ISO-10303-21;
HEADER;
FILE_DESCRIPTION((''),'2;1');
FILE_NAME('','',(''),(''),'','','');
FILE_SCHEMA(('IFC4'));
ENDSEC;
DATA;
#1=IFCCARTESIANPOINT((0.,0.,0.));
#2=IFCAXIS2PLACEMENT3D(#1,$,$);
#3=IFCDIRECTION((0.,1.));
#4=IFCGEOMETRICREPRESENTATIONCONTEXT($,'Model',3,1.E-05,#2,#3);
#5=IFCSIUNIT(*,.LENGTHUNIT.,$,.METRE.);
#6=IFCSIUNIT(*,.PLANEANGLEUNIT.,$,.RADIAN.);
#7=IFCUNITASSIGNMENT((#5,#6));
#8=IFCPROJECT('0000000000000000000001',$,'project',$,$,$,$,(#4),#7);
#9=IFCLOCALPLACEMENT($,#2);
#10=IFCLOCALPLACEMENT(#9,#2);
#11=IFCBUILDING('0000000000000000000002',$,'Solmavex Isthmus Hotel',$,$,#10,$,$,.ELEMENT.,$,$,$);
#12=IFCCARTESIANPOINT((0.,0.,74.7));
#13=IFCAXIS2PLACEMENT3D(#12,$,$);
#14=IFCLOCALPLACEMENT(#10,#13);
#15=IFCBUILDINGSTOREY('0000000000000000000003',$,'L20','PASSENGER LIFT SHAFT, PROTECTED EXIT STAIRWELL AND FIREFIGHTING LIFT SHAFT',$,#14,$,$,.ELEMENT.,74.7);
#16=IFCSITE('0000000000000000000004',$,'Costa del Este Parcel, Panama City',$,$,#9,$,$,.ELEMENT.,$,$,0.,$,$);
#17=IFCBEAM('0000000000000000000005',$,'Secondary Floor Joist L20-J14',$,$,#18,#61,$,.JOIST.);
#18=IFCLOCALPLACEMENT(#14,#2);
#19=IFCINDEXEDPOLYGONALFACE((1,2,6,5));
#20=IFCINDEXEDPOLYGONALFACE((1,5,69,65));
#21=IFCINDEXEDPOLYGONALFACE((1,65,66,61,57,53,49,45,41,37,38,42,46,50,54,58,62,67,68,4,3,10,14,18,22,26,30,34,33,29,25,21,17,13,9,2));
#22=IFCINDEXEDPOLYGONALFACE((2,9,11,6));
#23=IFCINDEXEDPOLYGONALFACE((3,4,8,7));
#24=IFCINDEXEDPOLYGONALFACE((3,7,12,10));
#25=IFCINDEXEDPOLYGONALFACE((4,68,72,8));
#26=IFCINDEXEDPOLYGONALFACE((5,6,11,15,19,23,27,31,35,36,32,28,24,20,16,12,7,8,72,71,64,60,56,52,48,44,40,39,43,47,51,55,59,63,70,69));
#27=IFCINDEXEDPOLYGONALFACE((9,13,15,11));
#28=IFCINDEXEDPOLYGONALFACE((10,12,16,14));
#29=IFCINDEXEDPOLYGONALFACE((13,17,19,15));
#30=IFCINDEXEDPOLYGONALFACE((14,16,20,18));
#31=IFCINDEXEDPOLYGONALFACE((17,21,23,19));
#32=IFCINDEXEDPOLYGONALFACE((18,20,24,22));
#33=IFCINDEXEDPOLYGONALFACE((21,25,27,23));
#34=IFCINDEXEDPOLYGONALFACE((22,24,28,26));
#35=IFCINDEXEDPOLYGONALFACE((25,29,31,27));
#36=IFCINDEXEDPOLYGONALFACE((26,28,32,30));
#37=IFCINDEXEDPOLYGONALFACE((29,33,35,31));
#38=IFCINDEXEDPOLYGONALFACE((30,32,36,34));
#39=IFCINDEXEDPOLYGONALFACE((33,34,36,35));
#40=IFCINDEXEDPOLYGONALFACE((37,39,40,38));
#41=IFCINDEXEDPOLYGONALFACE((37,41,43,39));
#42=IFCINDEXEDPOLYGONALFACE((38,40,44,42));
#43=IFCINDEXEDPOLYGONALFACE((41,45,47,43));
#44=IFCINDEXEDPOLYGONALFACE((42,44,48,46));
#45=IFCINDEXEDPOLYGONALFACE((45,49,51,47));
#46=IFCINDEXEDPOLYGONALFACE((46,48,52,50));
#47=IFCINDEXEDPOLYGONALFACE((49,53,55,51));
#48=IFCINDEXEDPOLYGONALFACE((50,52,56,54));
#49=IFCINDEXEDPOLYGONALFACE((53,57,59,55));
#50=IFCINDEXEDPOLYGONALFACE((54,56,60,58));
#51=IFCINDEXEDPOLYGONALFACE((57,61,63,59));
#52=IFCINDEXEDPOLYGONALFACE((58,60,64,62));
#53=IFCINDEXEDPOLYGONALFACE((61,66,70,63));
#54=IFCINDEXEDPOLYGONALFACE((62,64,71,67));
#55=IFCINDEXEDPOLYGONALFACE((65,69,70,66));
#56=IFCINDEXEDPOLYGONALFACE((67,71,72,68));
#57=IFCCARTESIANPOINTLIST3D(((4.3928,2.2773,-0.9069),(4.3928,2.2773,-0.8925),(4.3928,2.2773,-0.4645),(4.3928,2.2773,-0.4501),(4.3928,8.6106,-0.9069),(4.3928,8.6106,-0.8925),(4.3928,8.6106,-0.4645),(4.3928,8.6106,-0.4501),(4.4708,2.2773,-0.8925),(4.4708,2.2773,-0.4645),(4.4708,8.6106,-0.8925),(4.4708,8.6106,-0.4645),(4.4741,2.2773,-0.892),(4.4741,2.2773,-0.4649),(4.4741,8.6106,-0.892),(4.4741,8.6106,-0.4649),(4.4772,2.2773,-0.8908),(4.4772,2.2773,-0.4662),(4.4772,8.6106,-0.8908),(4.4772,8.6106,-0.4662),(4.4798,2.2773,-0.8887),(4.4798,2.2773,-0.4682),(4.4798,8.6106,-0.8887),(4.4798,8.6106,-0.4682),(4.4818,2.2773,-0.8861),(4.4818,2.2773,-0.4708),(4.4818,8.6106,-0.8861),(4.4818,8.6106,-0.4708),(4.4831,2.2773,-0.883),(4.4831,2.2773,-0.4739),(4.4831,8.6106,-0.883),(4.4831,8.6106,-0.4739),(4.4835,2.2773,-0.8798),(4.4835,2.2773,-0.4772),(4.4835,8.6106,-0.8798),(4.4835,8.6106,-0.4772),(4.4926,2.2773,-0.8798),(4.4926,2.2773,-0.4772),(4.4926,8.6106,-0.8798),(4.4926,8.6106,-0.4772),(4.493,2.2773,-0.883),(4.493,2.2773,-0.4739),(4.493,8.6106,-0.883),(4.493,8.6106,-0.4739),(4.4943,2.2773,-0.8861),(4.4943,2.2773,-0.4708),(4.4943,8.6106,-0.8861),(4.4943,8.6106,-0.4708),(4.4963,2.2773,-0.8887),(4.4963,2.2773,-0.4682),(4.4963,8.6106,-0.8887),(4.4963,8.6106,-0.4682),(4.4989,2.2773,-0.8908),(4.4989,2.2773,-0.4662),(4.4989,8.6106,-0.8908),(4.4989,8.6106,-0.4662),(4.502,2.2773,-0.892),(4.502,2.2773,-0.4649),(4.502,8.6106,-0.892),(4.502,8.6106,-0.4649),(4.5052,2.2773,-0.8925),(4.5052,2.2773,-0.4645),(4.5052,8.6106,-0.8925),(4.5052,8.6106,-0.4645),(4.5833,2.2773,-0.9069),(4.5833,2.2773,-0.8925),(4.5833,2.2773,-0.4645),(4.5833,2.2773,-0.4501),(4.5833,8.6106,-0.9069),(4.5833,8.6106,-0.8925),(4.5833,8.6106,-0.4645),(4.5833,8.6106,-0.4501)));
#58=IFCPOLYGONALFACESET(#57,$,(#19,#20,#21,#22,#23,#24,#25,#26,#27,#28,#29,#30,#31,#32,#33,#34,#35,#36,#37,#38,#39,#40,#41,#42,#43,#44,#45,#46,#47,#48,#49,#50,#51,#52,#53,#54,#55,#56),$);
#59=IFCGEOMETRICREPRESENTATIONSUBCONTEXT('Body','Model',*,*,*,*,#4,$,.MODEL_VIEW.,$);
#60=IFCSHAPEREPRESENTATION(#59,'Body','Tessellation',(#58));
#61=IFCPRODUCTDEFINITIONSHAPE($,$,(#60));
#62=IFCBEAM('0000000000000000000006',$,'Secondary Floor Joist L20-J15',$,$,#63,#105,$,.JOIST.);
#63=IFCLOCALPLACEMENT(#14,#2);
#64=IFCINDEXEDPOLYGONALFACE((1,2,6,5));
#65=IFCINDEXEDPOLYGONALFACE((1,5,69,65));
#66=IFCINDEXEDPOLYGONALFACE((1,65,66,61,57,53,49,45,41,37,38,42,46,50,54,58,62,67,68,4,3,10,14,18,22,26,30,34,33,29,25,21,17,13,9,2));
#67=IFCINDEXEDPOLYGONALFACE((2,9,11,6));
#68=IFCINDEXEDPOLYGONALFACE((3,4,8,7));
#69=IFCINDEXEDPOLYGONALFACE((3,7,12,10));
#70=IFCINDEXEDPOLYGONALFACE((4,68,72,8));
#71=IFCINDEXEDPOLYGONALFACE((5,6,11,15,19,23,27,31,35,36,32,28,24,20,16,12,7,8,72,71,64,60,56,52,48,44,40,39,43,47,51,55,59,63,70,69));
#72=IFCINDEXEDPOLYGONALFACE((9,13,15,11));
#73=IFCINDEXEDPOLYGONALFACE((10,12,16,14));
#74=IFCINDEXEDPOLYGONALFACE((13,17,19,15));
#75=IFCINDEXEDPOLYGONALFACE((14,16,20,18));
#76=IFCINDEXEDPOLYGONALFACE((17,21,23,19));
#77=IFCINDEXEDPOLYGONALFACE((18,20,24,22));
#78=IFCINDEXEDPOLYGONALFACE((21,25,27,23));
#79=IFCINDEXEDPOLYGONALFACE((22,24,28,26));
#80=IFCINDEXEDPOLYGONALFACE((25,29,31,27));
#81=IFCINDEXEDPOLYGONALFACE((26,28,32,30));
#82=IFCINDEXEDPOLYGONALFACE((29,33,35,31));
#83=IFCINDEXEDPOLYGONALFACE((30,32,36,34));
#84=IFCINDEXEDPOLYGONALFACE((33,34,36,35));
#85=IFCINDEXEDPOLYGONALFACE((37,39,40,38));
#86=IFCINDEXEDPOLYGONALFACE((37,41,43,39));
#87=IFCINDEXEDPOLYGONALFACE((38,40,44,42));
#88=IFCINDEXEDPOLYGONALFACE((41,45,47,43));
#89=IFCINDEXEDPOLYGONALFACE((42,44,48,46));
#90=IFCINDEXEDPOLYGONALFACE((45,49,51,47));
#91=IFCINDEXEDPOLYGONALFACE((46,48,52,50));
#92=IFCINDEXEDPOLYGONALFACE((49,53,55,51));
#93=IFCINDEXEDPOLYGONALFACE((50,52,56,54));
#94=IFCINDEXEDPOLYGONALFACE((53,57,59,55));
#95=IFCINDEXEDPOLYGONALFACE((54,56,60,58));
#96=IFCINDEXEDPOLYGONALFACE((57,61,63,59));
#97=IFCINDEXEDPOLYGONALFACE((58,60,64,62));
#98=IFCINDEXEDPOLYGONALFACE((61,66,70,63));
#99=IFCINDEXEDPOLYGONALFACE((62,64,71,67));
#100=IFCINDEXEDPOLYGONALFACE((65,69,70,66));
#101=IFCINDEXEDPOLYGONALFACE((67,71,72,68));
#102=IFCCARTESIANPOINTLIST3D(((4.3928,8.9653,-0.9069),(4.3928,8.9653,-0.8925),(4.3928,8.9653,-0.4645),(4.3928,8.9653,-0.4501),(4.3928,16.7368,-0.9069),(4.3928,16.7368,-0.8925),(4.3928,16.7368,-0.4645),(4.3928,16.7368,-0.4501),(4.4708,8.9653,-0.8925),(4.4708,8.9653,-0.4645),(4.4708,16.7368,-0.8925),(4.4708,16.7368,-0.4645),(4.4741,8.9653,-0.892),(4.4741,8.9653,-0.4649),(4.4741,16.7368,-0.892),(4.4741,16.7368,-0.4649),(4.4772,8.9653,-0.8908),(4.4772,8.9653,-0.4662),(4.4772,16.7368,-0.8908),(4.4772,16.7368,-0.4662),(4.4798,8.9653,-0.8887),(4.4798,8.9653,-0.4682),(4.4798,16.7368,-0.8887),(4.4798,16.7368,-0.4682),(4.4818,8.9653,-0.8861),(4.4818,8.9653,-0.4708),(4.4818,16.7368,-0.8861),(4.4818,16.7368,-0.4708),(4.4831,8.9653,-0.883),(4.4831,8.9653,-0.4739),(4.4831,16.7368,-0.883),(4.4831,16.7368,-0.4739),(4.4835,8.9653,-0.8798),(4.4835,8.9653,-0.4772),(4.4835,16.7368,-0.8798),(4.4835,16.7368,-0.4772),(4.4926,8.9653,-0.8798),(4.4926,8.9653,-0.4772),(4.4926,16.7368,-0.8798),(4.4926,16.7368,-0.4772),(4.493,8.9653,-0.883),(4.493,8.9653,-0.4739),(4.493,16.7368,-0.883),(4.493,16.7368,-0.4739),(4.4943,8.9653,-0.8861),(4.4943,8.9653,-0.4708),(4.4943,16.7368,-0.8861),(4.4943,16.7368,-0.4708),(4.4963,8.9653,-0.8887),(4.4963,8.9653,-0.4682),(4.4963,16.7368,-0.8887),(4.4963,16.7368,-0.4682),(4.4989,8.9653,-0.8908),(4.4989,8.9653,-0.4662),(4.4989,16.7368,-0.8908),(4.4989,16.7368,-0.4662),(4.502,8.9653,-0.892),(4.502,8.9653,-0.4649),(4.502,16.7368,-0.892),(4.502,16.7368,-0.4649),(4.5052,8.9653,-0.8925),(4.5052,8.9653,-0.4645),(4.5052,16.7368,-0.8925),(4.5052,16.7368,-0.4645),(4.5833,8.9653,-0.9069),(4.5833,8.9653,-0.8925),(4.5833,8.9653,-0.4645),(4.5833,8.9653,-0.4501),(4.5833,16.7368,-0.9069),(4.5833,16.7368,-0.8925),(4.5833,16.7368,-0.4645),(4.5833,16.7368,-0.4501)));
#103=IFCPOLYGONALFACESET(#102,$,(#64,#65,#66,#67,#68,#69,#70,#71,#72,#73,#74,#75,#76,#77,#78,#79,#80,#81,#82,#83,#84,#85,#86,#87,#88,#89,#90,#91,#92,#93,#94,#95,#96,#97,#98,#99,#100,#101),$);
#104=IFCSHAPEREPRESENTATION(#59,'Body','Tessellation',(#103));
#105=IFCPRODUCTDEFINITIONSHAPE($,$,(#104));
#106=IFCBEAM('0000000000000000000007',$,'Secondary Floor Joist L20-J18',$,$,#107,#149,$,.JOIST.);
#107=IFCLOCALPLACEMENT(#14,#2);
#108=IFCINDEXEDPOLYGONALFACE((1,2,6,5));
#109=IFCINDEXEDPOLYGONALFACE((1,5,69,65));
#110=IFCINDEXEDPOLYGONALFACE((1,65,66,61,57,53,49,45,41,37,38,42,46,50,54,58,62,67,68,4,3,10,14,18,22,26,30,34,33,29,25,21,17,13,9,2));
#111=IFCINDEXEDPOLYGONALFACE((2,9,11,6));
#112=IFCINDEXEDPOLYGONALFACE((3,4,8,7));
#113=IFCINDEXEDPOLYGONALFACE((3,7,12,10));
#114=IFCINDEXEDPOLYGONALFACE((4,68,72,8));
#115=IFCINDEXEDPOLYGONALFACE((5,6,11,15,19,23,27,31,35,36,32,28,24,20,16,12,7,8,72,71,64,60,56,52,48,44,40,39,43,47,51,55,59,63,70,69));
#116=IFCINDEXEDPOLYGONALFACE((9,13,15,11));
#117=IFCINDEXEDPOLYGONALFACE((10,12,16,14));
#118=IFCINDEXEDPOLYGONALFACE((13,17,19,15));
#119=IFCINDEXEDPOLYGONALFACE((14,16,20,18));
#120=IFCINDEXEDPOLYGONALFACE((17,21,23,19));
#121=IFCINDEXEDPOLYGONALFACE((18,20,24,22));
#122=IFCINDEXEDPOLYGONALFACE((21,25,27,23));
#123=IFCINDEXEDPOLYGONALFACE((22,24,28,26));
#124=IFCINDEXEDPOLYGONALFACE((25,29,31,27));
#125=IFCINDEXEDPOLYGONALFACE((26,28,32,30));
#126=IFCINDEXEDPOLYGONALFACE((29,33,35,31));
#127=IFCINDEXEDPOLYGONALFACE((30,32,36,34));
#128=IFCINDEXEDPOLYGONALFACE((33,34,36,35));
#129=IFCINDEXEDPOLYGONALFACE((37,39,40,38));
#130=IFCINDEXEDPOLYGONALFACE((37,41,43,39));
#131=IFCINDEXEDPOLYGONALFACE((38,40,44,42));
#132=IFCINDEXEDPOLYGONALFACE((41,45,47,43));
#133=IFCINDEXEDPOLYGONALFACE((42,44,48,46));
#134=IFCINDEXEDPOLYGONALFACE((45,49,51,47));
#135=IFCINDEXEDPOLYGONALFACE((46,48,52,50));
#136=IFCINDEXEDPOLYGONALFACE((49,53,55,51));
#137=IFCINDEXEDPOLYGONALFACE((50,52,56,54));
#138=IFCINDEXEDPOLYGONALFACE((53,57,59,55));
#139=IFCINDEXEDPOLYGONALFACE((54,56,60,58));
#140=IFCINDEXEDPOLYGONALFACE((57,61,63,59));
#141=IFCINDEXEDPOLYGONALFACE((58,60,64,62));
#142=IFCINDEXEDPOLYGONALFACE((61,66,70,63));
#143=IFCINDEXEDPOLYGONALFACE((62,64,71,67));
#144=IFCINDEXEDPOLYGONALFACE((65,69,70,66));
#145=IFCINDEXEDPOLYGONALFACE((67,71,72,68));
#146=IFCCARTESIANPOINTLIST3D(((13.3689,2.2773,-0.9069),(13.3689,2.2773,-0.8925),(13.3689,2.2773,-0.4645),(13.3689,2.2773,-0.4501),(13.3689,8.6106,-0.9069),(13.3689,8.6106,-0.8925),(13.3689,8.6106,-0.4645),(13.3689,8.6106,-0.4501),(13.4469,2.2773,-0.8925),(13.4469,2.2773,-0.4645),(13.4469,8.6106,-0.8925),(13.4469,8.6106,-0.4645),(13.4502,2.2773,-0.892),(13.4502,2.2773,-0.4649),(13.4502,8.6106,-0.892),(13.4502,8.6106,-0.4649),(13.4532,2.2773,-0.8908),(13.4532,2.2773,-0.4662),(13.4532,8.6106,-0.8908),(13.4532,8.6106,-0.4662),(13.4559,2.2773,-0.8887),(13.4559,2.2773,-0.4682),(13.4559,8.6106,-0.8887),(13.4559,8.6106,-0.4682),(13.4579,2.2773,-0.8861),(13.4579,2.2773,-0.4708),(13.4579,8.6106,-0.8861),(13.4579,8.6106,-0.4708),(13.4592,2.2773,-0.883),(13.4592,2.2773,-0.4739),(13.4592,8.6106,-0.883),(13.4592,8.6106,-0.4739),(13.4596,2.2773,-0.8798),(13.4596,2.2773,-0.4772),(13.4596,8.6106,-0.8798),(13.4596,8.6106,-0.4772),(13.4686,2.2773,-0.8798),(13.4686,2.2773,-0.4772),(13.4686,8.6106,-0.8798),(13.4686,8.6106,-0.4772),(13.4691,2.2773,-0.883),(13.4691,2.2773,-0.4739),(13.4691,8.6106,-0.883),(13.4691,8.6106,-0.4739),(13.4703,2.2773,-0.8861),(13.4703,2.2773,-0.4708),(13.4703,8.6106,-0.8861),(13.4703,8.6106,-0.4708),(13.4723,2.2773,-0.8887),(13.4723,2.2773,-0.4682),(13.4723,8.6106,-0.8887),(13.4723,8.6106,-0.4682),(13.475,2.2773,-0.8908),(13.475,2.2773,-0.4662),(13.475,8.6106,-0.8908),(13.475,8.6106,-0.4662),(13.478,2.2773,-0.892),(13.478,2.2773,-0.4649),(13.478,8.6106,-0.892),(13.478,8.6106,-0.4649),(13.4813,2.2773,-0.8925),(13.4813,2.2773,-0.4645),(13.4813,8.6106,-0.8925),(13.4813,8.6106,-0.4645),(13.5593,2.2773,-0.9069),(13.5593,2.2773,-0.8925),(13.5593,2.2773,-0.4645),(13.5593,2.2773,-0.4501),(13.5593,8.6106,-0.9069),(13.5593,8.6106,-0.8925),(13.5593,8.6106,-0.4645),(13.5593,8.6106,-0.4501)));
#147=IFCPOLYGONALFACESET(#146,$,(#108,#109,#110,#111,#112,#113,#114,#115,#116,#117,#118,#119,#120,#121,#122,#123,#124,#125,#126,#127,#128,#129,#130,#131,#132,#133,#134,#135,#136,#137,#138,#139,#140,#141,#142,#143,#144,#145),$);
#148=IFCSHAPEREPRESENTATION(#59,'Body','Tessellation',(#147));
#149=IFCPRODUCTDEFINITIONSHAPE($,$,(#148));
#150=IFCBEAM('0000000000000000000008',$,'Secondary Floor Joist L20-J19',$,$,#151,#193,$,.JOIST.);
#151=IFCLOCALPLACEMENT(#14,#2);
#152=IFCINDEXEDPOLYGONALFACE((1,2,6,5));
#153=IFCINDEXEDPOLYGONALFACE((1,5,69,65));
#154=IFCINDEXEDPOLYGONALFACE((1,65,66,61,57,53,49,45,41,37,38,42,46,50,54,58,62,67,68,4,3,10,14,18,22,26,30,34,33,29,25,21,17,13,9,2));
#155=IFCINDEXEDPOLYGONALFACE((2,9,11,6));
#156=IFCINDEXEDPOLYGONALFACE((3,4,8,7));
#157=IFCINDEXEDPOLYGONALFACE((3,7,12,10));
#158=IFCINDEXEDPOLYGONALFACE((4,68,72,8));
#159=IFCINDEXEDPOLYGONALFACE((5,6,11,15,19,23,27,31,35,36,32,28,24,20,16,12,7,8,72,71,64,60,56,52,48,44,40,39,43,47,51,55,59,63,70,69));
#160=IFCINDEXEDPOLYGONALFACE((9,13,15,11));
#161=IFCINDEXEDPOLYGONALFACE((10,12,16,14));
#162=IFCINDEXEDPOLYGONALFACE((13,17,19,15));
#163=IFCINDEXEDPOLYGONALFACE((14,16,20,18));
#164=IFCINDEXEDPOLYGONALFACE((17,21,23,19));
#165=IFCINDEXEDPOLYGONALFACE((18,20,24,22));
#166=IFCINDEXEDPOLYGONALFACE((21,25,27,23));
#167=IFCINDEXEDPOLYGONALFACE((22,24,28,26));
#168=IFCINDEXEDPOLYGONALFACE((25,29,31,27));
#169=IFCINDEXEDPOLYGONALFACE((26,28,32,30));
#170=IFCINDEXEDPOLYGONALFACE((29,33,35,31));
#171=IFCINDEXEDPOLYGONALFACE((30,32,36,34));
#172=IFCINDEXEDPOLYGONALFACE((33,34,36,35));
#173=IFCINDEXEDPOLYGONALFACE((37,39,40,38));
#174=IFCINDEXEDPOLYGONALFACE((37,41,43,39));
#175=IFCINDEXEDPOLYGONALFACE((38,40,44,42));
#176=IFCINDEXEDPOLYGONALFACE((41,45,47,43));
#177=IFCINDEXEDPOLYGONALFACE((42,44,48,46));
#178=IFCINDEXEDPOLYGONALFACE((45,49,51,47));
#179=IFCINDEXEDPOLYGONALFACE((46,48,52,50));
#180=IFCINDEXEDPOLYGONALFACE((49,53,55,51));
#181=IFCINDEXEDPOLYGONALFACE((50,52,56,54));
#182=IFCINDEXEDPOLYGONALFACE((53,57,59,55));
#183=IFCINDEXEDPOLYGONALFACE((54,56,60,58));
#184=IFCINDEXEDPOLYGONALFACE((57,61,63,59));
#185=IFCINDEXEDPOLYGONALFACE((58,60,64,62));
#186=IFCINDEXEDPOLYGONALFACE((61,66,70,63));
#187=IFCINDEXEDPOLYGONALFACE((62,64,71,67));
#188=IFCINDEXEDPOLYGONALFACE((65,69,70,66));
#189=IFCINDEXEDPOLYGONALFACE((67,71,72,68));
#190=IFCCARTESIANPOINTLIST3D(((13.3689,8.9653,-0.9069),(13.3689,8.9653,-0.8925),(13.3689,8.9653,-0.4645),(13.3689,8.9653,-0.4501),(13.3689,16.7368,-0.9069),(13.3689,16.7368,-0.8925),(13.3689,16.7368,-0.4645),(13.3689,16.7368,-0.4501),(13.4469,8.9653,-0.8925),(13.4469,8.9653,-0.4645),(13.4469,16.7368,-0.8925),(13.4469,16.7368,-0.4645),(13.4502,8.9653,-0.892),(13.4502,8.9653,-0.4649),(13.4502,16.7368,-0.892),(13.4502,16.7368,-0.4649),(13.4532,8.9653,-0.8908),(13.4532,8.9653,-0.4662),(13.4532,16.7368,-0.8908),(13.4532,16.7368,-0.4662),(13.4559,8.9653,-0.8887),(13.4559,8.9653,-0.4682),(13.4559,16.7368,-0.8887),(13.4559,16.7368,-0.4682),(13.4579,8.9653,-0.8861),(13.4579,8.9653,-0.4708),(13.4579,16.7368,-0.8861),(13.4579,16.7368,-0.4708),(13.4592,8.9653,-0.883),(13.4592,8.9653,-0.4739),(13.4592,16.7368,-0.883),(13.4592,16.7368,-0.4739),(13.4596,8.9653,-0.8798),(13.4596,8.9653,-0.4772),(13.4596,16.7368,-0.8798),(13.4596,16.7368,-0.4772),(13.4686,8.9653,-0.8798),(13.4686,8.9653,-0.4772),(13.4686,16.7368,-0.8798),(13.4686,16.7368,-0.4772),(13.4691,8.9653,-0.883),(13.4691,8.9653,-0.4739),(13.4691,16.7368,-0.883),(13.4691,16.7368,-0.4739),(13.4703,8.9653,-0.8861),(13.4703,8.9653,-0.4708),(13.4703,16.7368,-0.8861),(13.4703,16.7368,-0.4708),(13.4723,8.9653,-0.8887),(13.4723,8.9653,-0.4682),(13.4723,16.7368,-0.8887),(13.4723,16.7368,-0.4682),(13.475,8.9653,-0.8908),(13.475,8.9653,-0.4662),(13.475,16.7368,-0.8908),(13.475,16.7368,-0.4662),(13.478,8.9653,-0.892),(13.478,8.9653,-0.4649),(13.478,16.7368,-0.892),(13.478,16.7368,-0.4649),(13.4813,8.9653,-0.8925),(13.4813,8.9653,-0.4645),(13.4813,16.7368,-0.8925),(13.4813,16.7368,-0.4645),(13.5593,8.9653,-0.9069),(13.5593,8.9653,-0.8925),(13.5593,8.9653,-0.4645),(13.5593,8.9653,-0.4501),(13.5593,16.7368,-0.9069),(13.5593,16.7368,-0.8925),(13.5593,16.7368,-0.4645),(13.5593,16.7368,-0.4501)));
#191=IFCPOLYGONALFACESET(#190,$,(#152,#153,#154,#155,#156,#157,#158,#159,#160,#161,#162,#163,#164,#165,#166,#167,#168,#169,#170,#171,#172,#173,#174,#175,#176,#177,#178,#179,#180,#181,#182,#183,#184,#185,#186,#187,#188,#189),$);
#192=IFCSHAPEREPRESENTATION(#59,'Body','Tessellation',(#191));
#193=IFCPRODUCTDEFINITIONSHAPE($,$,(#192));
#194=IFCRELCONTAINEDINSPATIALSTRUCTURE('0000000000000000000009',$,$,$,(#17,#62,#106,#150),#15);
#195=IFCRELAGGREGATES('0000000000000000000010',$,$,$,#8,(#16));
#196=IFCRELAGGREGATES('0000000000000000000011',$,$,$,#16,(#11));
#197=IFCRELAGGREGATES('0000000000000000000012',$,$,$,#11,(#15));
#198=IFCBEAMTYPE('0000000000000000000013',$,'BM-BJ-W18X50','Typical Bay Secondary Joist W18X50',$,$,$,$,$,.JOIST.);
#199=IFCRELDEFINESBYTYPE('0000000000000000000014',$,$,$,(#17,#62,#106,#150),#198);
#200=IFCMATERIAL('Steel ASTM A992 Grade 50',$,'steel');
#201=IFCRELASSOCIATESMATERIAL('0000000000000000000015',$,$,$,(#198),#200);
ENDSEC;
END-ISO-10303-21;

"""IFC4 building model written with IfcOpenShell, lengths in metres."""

from ifc_helpers import new_model, si_unit, direction, frame, origin, origin_2d, place, context, subcontext, project, spatial, i_section, extrude, material, material_profile, profile_set, type_object, element, save


model = new_model("IFC4")

# Units and contexts
model_context = context("Model", 3, precision=1e-05, world=origin(), true_north=direction((0.0, 1.0)))
body_context = subcontext(model_context, "Body", "Model", "MODEL_VIEW")
ifc_project = project(units=[si_unit("LENGTHUNIT", "METRE"), si_unit("PLANEANGLEUNIT", "RADIAN")], contexts=[model_context])

# Site, building, storey
site_placement = place(None, origin())
site = spatial("IfcSite", under=ifc_project, at=site_placement, Name="Costa del Este Parcel, Panama City", CompositionType="ELEMENT", RefElevation=0.0)
building_placement = place(site_placement, origin())
building = spatial("IfcBuilding", under=site, at=building_placement, Name="Solmavex Isthmus Hotel", CompositionType="ELEMENT")
storey_placement = place(building_placement, frame((0.0, 0.0, 74.7)))
storey = spatial("IfcBuildingStorey", under=building, at=storey_placement, Name="L20", Description="PASSENGER LIFT SHAFT, PROTECTED EXIT STAIRWELL AND FIREFIGHTING LIFT SHAFT", CompositionType="ELEMENT", Elevation=74.7)

# Beams
ifc_material_1 = material(Name="Steel ASTM A992 Grade 50", Category="steel")
ifc_material_profile_1 = material_profile(ifc_material_1, i_section(OverallWidth=0.1904, OverallDepth=0.4568, WebThickness=0.009, FlangeThickness=0.0144, FilletRadius=0.0127, at=origin_2d()), Name="W18X50")
ifc_profile_set_1 = profile_set([ifc_material_profile_1], Name="Steel ASTM A992 Grade 50")
beam_type_1 = type_object("IfcBeamType", Name="BM-BJ-W18X50", Description="Typical Bay Secondary Joist W18X50", PredefinedType="JOIST", material=ifc_profile_set_1)
beam_1_placement = place(storey_placement, frame((4.488, 2.2773, -0.6785), z_axis=(0.0, 1.0, 0.0), x_axis=(-1.0, 0.0, 0.0)))
element("IfcBeam", 1, at=beam_1_placement, inside=storey, type_object=beam_type_1, Name="Secondary Floor Joist L20-J14", PredefinedType="JOIST", context=body_context, shape_type="SweptSolid", body=[
    extrude(i_section(OverallWidth=0.1904, OverallDepth=0.4568, WebThickness=0.009, FlangeThickness=0.0144, FilletRadius=0.0127, at=origin_2d()), origin(), (0.0, 0.0, 1.0), 6.3333),
])
beam_2_placement = place(storey_placement, frame((4.488, 8.9653, -0.6785), z_axis=(0.0, 1.0, 0.0), x_axis=(-1.0, 0.0, 0.0)))
element("IfcBeam", 2, at=beam_2_placement, inside=storey, type_object=beam_type_1, Name="Secondary Floor Joist L20-J15", PredefinedType="JOIST", context=body_context, shape_type="SweptSolid", body=[
    extrude(i_section(OverallWidth=0.1904, OverallDepth=0.4568, WebThickness=0.009, FlangeThickness=0.0144, FilletRadius=0.0127, at=origin_2d()), origin(), (0.0, 0.0, 1.0), 7.7715),
])
beam_3_placement = place(storey_placement, frame((13.4641, 2.2773, -0.6785), z_axis=(0.0, 1.0, 0.0), x_axis=(-1.0, 0.0, 0.0)))
element("IfcBeam", 3, at=beam_3_placement, inside=storey, type_object=beam_type_1, Name="Secondary Floor Joist L20-J18", PredefinedType="JOIST", context=body_context, shape_type="SweptSolid", body=[
    extrude(i_section(OverallWidth=0.1904, OverallDepth=0.4568, WebThickness=0.009, FlangeThickness=0.0144, FilletRadius=0.0127, at=origin_2d()), origin(), (0.0, 0.0, 1.0), 6.3333),
])
beam_4_placement = place(storey_placement, frame((13.4641, 8.9653, -0.6785), z_axis=(0.0, 1.0, 0.0), x_axis=(-1.0, 0.0, 0.0)))
element("IfcBeam", 4, at=beam_4_placement, inside=storey, type_object=beam_type_1, Name="Secondary Floor Joist L20-J19", PredefinedType="JOIST", context=body_context, shape_type="SweptSolid", body=[
    extrude(i_section(OverallWidth=0.1904, OverallDepth=0.4568, WebThickness=0.009, FlangeThickness=0.0144, FilletRadius=0.0127, at=origin_2d()), origin(), (0.0, 0.0, 1.0), 7.7715),
])

save(model, "model.ifc")
